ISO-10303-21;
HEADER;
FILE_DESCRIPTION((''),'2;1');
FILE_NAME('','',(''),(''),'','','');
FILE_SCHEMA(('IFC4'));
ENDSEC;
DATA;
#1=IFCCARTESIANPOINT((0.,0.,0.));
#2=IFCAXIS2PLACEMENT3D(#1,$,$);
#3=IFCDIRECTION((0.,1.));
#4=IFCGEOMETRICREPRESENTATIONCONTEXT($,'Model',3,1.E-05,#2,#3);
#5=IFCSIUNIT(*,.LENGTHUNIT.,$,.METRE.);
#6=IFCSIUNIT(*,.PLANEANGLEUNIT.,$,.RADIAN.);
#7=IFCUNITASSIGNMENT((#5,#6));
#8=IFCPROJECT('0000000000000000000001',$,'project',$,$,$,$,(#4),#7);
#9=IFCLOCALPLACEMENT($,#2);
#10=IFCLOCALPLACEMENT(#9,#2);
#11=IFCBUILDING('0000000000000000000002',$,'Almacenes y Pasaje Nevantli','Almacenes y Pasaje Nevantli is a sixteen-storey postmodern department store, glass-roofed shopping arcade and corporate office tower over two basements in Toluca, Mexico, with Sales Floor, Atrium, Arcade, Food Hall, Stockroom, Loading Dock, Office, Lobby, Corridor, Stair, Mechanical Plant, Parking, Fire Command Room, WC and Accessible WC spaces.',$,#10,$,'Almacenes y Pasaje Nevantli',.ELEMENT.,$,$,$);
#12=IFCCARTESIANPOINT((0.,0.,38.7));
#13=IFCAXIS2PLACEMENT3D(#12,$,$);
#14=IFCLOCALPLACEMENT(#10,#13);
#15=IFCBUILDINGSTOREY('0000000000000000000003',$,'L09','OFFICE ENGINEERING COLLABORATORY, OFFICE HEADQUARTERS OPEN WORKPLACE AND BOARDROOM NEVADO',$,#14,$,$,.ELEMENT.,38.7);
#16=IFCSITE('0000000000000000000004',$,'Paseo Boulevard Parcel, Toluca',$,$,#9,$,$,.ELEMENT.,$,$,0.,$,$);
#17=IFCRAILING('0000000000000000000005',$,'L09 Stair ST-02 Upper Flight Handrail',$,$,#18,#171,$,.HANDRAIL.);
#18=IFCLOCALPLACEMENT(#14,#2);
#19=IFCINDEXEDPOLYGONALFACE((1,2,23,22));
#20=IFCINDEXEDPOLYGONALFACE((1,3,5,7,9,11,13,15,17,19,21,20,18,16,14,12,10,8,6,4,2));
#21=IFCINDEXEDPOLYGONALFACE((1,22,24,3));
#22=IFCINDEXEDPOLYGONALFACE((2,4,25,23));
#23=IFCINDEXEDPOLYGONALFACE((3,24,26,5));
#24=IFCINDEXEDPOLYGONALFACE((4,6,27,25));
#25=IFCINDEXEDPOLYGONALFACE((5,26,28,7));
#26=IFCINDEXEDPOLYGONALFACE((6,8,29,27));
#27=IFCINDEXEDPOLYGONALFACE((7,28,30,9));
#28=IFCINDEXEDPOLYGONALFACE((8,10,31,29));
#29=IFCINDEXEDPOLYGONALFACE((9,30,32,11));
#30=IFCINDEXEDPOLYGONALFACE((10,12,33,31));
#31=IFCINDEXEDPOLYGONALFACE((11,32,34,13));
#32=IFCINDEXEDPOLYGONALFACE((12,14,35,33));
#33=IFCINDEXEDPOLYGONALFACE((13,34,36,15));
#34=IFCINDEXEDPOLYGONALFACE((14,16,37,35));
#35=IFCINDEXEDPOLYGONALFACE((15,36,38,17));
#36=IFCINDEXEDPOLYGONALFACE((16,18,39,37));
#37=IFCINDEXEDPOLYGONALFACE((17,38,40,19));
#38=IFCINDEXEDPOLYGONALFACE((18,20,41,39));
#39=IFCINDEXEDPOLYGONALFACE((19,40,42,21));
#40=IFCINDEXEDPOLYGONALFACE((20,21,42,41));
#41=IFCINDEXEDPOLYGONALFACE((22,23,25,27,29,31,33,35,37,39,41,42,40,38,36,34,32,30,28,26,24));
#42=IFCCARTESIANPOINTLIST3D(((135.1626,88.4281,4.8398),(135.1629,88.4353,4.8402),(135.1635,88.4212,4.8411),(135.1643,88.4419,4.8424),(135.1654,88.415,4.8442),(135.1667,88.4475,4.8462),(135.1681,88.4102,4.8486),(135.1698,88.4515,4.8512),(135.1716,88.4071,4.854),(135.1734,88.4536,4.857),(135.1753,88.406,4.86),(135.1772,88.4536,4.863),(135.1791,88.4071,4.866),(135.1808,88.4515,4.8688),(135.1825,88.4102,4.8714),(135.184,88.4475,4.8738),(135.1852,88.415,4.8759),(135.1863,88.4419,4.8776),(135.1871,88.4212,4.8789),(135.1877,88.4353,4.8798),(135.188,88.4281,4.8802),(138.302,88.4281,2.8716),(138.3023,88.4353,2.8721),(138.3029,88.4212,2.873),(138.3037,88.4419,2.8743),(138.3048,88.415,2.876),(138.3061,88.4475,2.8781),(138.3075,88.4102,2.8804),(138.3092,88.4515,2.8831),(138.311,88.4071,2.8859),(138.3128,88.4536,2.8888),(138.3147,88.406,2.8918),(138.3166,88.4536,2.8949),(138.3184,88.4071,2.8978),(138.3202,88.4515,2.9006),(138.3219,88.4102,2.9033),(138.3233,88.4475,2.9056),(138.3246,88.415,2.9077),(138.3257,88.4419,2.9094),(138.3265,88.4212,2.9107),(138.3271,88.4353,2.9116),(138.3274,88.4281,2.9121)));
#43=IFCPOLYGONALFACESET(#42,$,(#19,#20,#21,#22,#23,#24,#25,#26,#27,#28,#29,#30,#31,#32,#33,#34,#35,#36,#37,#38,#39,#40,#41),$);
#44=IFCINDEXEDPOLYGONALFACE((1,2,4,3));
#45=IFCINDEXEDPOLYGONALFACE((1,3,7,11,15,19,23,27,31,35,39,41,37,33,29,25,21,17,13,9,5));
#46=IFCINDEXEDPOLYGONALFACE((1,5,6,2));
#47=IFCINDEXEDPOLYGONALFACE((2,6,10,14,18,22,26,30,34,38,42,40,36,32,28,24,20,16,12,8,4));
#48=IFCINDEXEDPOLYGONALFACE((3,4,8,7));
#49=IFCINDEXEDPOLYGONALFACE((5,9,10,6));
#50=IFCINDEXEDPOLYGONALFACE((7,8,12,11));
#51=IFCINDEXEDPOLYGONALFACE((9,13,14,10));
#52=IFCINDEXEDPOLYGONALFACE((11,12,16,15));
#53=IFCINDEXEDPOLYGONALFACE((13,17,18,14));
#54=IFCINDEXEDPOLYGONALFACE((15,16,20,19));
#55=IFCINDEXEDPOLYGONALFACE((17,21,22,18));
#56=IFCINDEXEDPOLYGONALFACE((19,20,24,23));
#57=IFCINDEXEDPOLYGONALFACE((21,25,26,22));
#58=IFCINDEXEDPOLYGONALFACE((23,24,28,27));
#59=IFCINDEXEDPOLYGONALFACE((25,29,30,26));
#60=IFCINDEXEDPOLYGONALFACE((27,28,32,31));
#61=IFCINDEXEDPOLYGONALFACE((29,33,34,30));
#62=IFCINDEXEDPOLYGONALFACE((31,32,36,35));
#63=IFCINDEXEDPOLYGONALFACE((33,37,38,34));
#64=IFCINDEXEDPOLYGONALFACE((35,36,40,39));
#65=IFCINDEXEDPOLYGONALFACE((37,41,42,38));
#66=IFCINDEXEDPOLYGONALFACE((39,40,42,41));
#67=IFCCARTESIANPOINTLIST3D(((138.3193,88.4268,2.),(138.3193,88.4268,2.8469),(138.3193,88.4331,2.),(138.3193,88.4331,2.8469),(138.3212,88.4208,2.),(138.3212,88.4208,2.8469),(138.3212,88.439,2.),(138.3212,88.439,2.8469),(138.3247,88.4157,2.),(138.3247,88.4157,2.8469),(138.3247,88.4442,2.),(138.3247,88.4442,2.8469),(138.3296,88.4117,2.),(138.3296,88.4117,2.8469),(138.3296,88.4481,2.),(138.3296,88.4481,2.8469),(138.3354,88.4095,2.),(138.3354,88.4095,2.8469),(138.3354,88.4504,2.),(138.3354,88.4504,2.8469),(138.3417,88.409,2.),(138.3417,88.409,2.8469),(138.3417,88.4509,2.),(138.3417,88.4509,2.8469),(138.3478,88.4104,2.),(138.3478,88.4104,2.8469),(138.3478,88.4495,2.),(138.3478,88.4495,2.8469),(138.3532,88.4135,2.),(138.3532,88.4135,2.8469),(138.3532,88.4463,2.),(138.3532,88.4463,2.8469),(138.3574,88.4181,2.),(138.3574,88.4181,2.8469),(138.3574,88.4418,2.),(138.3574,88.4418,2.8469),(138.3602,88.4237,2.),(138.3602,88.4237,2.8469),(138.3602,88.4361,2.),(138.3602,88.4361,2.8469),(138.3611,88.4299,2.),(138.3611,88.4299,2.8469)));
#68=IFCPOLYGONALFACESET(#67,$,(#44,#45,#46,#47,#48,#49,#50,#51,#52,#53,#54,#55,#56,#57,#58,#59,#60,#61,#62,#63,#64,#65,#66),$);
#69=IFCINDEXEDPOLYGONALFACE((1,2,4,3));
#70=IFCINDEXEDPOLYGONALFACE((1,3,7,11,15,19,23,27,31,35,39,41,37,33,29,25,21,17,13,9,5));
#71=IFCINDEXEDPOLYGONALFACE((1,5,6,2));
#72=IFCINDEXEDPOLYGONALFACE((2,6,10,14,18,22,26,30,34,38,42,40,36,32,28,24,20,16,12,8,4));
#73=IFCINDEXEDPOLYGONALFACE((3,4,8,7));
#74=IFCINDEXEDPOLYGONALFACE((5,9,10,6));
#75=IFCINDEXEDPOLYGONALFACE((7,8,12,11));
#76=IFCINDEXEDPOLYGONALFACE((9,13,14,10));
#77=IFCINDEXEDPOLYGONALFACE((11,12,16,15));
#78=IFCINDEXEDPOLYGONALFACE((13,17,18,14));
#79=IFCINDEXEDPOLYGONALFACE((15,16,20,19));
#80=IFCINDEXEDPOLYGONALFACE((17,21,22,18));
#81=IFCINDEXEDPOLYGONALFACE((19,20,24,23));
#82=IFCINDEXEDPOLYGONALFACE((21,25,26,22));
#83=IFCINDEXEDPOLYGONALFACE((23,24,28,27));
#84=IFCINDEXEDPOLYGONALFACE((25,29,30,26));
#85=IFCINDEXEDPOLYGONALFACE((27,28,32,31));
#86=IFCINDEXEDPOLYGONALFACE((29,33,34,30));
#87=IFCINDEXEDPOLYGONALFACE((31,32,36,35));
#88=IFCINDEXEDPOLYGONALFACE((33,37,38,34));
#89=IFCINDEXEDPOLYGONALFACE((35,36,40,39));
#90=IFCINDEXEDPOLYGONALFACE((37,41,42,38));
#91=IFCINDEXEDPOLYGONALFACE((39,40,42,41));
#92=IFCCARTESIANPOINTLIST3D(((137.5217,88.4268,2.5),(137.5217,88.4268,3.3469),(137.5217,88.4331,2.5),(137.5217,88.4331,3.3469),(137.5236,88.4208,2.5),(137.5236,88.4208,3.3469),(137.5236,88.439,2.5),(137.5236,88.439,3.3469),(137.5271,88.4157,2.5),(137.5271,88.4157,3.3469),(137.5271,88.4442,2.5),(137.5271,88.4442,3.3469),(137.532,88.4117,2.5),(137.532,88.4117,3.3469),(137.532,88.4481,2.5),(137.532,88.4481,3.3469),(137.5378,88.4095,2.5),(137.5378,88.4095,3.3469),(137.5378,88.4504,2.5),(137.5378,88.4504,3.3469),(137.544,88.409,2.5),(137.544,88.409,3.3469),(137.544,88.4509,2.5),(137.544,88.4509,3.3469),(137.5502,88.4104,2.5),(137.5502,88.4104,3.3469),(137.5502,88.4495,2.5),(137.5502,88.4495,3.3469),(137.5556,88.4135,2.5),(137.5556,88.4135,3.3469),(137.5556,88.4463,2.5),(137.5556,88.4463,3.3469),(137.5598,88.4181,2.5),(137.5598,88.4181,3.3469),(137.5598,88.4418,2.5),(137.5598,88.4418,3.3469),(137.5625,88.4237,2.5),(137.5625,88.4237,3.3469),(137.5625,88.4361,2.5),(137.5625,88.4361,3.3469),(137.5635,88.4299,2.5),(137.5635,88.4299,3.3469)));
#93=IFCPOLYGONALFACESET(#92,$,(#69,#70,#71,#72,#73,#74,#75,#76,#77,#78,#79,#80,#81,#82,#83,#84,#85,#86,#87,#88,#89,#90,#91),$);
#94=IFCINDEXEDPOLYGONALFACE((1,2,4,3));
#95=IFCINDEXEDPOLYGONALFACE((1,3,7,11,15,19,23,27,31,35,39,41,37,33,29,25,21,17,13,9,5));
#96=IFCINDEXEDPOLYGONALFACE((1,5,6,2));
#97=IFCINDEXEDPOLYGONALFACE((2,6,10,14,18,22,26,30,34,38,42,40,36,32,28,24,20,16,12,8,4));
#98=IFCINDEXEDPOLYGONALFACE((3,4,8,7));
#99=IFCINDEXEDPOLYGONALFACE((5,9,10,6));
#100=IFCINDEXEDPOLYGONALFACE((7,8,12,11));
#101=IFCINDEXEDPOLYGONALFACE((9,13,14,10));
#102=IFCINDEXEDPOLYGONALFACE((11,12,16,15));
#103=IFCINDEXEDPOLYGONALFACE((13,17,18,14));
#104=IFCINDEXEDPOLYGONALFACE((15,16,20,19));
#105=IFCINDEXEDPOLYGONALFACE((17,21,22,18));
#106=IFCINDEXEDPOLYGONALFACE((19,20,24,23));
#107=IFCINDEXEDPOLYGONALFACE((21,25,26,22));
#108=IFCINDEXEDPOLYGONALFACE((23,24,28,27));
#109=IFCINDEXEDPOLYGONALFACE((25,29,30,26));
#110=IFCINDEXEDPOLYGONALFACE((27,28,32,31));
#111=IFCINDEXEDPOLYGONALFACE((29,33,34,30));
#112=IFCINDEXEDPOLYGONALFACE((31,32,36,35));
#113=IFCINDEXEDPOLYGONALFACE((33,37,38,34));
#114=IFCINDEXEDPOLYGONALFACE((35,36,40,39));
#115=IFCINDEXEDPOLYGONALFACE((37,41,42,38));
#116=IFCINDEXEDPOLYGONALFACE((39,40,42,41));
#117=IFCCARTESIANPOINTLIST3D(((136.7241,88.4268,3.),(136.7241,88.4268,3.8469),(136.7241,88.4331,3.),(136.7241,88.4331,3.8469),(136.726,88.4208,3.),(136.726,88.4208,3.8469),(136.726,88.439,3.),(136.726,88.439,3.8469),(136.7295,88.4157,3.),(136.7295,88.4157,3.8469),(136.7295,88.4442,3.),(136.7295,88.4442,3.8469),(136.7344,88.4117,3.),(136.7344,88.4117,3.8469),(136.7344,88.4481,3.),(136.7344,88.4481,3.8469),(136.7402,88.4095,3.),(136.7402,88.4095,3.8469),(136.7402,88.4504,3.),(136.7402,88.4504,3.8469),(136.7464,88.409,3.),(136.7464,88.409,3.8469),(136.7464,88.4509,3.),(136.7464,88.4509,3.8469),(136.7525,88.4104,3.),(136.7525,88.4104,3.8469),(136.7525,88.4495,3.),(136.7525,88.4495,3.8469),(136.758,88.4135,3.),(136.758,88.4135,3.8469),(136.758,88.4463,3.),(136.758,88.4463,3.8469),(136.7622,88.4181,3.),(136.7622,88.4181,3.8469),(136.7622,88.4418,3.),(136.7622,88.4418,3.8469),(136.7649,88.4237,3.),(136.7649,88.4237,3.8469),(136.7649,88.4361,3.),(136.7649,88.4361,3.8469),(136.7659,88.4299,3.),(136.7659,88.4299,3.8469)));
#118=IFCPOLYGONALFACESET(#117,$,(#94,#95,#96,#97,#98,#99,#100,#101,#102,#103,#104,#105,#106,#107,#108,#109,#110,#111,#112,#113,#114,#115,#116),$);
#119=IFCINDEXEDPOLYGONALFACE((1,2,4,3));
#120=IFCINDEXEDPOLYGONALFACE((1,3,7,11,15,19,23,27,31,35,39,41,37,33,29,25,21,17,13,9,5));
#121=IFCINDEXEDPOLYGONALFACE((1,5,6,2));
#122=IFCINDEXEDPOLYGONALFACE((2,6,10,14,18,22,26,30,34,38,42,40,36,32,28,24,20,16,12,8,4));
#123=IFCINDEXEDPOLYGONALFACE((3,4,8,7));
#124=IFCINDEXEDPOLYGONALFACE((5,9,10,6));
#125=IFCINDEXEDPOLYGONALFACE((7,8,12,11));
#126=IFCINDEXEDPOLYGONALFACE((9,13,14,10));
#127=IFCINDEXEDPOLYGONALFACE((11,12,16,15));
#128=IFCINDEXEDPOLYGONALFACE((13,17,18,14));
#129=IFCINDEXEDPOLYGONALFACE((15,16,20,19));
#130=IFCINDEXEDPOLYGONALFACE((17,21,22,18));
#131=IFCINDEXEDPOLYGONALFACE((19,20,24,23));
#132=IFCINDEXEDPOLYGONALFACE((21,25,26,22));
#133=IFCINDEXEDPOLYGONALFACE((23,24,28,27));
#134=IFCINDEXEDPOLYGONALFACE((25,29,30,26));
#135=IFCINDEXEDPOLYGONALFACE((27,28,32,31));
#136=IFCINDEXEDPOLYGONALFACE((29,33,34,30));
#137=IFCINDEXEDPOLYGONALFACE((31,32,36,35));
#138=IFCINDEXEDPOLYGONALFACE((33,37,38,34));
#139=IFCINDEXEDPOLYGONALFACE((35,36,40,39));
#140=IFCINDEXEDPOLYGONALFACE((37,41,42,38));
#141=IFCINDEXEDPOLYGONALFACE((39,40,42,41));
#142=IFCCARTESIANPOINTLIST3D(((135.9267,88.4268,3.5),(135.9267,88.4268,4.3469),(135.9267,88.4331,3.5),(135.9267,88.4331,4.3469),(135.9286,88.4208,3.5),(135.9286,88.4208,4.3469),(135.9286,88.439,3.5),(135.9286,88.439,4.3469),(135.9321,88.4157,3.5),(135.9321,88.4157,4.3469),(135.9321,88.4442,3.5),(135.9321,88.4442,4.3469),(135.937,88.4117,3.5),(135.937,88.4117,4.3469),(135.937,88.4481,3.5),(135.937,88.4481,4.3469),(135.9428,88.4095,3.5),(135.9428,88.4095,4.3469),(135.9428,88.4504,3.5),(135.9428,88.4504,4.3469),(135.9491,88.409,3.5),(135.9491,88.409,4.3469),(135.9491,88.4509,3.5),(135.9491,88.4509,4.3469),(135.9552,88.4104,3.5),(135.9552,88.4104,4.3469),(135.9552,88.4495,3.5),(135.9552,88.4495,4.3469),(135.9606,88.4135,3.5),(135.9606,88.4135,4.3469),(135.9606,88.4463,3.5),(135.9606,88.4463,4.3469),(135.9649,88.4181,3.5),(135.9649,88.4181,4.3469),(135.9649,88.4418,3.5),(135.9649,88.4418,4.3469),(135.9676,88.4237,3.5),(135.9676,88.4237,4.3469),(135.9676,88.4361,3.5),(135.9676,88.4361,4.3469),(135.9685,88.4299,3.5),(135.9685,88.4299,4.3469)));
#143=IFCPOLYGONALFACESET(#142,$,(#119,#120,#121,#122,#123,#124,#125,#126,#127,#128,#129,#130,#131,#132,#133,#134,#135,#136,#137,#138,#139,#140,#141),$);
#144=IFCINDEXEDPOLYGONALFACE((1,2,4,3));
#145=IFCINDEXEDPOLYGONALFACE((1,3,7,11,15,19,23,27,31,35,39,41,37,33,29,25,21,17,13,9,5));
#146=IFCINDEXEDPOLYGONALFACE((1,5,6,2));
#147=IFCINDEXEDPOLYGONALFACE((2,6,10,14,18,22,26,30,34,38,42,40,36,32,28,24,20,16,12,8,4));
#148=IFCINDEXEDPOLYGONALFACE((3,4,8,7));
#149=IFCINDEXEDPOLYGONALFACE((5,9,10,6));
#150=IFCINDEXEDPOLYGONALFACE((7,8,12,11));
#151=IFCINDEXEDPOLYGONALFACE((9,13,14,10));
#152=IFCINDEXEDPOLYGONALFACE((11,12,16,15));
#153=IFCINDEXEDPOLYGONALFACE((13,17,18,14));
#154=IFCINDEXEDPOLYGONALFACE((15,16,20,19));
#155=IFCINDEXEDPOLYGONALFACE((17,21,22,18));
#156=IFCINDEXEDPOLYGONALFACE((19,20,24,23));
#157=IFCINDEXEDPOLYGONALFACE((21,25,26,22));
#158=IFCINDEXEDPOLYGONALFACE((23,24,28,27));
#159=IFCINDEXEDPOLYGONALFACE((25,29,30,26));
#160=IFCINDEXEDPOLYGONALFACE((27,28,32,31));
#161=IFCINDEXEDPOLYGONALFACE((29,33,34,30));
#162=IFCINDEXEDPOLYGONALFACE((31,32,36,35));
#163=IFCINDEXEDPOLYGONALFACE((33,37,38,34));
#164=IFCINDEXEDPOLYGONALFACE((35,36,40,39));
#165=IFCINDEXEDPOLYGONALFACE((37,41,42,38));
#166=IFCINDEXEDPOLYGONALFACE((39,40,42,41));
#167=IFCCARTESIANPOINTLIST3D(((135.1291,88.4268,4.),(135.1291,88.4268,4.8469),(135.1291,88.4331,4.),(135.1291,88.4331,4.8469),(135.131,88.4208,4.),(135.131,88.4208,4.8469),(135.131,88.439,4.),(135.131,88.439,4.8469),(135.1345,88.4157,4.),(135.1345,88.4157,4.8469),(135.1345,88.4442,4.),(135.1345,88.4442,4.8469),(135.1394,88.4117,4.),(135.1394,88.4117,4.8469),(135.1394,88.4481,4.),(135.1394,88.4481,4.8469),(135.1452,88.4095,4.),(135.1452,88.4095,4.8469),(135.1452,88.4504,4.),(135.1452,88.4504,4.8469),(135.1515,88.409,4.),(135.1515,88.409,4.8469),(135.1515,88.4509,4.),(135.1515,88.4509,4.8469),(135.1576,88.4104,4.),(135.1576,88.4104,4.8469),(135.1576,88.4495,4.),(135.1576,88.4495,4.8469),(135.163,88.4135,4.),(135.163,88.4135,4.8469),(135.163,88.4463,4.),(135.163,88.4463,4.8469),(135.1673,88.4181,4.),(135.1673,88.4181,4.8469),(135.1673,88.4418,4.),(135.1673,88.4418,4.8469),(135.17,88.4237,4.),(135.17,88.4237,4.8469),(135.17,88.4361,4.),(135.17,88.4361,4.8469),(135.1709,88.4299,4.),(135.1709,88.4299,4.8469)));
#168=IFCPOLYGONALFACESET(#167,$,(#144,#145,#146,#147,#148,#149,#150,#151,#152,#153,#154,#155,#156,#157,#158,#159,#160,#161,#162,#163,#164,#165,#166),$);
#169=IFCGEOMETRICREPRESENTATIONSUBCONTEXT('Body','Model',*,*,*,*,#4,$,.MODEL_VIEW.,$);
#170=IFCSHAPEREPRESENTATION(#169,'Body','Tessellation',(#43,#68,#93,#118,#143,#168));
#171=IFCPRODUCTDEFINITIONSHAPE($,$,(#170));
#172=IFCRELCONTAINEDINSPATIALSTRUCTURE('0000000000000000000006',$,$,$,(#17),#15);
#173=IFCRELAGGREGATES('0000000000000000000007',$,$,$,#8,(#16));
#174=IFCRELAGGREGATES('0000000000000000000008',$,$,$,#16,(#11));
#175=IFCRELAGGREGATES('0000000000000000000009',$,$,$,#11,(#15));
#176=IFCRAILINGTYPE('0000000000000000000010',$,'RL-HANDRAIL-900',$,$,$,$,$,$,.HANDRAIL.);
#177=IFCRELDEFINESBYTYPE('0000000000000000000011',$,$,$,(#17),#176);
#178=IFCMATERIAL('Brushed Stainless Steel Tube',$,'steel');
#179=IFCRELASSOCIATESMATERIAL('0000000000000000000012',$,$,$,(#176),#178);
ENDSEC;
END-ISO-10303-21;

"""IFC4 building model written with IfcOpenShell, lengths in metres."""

from ifc_helpers import new_model, si_unit, direction, frame, origin, origin_2d, place, context, subcontext, project, spatial, circle, extrude, material, type_object, element, save


model = new_model("IFC4")

# Units and contexts
model_context = context("Model", 3, precision=1e-05, world=origin(), true_north=direction((0.0, 1.0)))
body_context = subcontext(model_context, "Body", "Model", "MODEL_VIEW")
ifc_project = project(units=[si_unit("LENGTHUNIT", "METRE"), si_unit("PLANEANGLEUNIT", "RADIAN")], contexts=[model_context])

# Site, building, storey
site_placement = place(None, origin())
site = spatial("IfcSite", under=ifc_project, at=site_placement, Name="Paseo Boulevard Parcel, Toluca", CompositionType="ELEMENT", RefElevation=0.0)
building_placement = place(site_placement, origin())
building = spatial("IfcBuilding", under=site, at=building_placement, Name="Almacenes y Pasaje Nevantli", Description="Almacenes y Pasaje Nevantli is a sixteen-storey postmodern department store, glass-roofed shopping arcade and corporate office tower over two basements in Toluca, Mexico, with Sales Floor, Atrium, Arcade, Food Hall, Stockroom, Loading Dock, Office, Lobby, Corridor, Stair, Mechanical Plant, Parking, Fire Command Room, WC and Accessible WC spaces.", LongName="Almacenes y Pasaje Nevantli", CompositionType="ELEMENT")
storey_placement = place(building_placement, frame((0.0, 0.0, 38.7)))
storey = spatial("IfcBuildingStorey", under=building, at=storey_placement, Name="L09", Description="OFFICE ENGINEERING COLLABORATORY, OFFICE HEADQUARTERS OPEN WORKPLACE AND BOARDROOM NEVADO", CompositionType="ELEMENT", Elevation=38.7)

# Railing
ifc_material_1 = material(Name="Brushed Stainless Steel Tube", Category="steel")
railing_type_1 = type_object("IfcRailingType", Name="RL-HANDRAIL-900", PredefinedType="HANDRAIL", material=ifc_material_1)
railing_1_placement = place(storey_placement, frame((138.3401, 88.4299, 2.0)))
element("IfcRailing", 1, at=railing_1_placement, inside=storey, type_object=railing_type_1, Name="L09 Stair ST-02 Upper Flight Handrail", PredefinedType="HANDRAIL", context=body_context, shape_type="SweptSolid", body=[
    extrude(circle(Radius=0.0239, at=origin_2d()), frame((-0.0254, 0.0, 0.8918), z_axis=(-0.847265, 0.0, 0.53117), x_axis=(0.0, -1.0, 0.0)), (0.0, 0.0, 1.0), 3.7053),
    extrude(circle(Radius=0.021, at=origin_2d()), origin(), (0.0, 0.0, 1.0), 0.8469),
    extrude(circle(Radius=0.021, at=origin_2d()), frame((-0.7976, 0.0, 0.5)), (0.0, 0.0, 1.0), 0.8469),
    extrude(circle(Radius=0.021, at=origin_2d()), frame((-1.5952, 0.0, 1.0)), (0.0, 0.0, 1.0), 0.8469),
    extrude(circle(Radius=0.021, at=origin_2d()), frame((-2.3926, 0.0, 1.5)), (0.0, 0.0, 1.0), 0.8469),
    extrude(circle(Radius=0.021, at=origin_2d()), frame((-3.1902, 0.0, 2.0)), (0.0, 0.0, 1.0), 0.8469),
])

save(model, "model.ifc")
